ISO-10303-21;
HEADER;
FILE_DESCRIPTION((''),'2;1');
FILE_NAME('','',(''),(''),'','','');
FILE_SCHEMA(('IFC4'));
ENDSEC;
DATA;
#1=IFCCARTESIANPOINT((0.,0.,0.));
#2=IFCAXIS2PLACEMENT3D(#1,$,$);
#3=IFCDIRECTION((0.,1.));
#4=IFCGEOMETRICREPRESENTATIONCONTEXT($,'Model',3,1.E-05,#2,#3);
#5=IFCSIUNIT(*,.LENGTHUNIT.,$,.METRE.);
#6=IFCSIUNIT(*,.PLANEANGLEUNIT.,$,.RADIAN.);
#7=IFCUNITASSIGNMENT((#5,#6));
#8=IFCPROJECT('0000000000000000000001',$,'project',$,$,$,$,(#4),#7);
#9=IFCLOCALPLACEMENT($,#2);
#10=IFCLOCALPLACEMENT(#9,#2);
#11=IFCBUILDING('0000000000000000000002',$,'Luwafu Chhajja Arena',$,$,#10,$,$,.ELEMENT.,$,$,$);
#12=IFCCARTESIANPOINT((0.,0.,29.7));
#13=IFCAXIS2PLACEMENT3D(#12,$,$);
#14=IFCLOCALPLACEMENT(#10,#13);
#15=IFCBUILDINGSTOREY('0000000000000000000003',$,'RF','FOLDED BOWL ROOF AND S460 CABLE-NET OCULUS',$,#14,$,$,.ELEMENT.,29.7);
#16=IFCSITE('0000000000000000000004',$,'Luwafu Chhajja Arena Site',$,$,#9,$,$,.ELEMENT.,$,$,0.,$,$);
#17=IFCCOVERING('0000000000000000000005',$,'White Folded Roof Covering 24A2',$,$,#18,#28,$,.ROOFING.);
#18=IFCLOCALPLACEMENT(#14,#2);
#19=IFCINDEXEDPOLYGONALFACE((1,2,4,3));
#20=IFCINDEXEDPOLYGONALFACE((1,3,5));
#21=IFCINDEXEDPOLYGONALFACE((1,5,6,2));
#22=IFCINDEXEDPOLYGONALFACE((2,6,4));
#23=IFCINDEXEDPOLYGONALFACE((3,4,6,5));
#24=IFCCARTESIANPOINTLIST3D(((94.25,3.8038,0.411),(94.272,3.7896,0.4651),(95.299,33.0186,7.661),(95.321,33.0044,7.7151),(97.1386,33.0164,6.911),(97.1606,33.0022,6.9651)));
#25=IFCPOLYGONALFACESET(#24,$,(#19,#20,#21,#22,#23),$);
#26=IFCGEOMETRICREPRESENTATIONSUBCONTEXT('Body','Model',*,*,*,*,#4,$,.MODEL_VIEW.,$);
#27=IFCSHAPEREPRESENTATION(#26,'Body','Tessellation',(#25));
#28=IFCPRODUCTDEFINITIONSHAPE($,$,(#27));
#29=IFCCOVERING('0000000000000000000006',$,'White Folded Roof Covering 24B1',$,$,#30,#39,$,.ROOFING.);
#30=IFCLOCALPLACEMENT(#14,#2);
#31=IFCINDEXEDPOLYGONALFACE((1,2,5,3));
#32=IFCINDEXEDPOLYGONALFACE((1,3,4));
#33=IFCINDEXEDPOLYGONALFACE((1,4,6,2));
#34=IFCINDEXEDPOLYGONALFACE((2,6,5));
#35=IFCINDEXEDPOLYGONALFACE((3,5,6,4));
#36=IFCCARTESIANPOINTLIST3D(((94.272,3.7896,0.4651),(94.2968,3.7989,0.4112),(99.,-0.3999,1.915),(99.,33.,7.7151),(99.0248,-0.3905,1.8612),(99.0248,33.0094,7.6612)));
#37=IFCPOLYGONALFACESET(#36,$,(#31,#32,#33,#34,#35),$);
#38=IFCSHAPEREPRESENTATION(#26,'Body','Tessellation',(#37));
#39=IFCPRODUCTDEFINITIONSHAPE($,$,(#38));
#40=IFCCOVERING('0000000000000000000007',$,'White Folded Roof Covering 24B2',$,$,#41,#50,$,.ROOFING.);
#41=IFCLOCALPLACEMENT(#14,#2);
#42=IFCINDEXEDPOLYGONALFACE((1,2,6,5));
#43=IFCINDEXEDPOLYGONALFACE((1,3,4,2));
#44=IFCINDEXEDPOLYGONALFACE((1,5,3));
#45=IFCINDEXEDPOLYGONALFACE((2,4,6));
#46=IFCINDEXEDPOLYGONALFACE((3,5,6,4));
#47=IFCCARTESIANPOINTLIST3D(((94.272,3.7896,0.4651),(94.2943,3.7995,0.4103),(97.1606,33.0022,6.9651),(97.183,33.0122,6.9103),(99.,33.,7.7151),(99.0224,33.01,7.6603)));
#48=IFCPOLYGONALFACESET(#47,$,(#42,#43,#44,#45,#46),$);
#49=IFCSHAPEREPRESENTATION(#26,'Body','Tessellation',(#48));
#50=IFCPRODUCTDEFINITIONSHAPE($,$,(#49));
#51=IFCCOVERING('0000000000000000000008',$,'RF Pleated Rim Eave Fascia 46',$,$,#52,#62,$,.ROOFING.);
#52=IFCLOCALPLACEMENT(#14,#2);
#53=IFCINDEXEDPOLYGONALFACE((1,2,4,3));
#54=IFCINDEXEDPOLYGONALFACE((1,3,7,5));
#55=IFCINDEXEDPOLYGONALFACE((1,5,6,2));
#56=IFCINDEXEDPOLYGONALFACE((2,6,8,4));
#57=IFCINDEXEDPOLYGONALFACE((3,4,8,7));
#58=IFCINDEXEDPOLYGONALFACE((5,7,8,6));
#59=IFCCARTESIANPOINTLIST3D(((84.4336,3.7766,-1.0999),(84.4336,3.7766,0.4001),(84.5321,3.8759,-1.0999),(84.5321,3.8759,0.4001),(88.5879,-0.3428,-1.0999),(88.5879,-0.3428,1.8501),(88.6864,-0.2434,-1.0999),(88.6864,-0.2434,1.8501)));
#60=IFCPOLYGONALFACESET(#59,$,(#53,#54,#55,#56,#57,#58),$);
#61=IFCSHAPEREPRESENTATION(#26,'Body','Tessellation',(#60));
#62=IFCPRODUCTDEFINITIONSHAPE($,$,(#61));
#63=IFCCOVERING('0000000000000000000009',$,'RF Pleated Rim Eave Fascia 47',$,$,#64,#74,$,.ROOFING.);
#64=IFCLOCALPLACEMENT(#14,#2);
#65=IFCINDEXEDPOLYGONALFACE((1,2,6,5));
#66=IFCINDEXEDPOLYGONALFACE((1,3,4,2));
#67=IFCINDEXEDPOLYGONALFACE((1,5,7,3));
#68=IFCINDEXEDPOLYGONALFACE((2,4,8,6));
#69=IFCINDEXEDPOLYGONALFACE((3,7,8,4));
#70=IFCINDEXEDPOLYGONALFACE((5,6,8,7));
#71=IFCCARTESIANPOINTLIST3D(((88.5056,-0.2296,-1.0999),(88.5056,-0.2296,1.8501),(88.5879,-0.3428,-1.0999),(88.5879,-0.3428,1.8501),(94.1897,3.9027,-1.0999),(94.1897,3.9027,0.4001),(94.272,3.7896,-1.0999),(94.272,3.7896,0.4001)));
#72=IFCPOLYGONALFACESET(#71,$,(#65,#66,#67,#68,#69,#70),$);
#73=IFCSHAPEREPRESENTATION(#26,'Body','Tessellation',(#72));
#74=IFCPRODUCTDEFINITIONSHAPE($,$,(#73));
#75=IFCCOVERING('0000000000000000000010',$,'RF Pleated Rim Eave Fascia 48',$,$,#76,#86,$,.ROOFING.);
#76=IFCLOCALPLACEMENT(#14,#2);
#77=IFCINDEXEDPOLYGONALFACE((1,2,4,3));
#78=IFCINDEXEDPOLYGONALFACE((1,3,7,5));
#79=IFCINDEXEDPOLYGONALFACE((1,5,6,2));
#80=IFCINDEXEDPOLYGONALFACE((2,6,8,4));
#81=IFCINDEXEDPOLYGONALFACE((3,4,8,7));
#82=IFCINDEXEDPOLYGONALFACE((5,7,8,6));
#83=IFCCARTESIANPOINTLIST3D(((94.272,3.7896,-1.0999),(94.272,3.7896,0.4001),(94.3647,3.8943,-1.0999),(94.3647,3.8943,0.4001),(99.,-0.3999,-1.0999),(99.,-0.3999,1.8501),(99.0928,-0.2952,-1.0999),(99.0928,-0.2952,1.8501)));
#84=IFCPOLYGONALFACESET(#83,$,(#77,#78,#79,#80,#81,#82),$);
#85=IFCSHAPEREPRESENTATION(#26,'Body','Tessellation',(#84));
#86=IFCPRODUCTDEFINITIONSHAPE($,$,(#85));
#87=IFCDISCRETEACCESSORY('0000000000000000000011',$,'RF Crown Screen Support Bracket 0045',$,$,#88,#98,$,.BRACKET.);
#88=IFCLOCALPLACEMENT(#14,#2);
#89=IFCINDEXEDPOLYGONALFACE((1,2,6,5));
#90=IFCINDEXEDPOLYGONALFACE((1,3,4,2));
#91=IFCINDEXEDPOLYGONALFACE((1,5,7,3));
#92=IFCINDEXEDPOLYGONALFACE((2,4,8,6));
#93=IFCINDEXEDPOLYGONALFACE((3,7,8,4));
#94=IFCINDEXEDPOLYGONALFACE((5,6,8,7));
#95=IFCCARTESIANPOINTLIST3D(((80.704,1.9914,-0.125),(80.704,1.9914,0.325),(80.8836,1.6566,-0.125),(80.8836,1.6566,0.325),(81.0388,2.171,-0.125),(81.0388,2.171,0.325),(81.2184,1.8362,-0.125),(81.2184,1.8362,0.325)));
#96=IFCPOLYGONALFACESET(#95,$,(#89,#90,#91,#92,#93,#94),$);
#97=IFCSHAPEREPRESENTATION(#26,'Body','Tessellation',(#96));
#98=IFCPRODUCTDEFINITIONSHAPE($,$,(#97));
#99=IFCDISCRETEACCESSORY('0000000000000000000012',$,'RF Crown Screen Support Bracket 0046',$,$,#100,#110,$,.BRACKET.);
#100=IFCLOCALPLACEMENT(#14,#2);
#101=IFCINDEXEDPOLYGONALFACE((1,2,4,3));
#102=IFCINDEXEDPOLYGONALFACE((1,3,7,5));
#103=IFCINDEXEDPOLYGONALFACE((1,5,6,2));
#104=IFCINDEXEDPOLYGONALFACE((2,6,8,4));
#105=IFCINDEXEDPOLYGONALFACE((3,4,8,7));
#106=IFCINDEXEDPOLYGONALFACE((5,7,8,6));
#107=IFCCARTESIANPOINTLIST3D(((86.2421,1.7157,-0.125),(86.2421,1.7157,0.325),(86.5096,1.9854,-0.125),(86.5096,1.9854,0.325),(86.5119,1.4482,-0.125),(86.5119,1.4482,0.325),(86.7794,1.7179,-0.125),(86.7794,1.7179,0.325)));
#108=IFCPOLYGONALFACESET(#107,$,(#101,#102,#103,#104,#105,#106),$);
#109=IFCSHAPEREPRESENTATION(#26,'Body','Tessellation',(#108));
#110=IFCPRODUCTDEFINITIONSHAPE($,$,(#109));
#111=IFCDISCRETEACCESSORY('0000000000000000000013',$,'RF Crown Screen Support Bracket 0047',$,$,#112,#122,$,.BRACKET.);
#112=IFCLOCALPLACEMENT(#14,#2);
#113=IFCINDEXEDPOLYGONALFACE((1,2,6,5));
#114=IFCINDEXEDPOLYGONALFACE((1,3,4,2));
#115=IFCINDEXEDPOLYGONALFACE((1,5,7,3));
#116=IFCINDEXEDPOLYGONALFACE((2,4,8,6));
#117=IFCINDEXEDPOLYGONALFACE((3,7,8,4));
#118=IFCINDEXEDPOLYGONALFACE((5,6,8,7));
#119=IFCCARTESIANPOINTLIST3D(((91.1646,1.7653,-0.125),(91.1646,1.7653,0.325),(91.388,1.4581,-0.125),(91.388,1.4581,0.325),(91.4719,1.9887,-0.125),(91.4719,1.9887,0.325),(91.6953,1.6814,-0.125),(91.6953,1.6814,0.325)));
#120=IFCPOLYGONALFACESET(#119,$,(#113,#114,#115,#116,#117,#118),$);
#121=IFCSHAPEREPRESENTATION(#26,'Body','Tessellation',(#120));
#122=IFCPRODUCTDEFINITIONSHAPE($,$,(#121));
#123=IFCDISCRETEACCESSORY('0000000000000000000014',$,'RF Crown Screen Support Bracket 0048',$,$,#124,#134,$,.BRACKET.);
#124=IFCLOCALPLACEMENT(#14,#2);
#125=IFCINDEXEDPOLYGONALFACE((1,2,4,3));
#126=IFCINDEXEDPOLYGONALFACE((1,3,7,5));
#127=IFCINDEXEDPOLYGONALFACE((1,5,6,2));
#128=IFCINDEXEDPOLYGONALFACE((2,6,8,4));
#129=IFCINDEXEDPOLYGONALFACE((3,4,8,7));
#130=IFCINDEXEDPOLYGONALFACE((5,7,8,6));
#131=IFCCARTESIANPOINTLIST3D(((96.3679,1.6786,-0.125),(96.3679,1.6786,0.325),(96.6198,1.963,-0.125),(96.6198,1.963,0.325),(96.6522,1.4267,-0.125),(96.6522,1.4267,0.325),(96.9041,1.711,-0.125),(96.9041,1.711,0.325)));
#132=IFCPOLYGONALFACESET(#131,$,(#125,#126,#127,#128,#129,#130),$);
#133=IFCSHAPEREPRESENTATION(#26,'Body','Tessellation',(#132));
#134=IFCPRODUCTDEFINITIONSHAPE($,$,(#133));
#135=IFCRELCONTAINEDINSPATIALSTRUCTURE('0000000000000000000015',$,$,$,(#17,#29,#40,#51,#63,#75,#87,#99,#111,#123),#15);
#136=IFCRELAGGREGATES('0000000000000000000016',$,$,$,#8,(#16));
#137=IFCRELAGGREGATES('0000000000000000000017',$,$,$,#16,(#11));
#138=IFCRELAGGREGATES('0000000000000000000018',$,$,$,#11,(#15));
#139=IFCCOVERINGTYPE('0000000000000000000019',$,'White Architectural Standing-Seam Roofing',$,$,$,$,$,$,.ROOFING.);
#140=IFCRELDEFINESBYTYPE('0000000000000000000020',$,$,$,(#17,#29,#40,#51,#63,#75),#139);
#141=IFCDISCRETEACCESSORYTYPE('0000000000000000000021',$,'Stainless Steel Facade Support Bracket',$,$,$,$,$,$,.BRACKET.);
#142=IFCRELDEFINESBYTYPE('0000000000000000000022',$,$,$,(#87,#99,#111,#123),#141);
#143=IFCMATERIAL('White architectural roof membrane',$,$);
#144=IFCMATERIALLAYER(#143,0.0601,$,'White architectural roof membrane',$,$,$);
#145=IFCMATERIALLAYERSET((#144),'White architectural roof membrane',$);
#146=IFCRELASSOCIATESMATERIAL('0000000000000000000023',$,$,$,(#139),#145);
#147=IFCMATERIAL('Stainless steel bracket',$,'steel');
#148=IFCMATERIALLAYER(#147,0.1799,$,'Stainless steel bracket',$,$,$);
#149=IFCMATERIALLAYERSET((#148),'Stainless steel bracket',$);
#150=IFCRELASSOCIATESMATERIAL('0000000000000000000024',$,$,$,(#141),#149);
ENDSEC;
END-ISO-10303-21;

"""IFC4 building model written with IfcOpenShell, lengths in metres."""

from ifc_helpers import new_model, si_unit, direction, frame, origin, origin_2d, place, context, subcontext, project, spatial, polyline, rectangle, outline, extrude, material, layer, layer_set, type_object, element, save


model = new_model("IFC4")

# Units and contexts
model_context = context("Model", 3, precision=1e-05, world=origin(), true_north=direction((0.0, 1.0)))
body_context = subcontext(model_context, "Body", "Model", "MODEL_VIEW")
ifc_project = project(units=[si_unit("LENGTHUNIT", "METRE"), si_unit("PLANEANGLEUNIT", "RADIAN")], contexts=[model_context])

# Site, building, storey
site_placement = place(None, origin())
site = spatial("IfcSite", under=ifc_project, at=site_placement, Name="Luwafu Chhajja Arena Site", CompositionType="ELEMENT", RefElevation=0.0)
building_placement = place(site_placement, origin())
building = spatial("IfcBuilding", under=site, at=building_placement, Name="Luwafu Chhajja Arena", CompositionType="ELEMENT")
storey_placement = place(building_placement, frame((0.0, 0.0, 29.7)))
storey = spatial("IfcBuildingStorey", under=building, at=storey_placement, Name="RF", Description="FOLDED BOWL ROOF AND S460 CABLE-NET OCULUS", CompositionType="ELEMENT", Elevation=29.7)

# Coverings
ifc_material_1 = material(Name="White architectural roof membrane")
ifc_layer_1 = layer(ifc_material_1, 0.0601, Name="White architectural roof membrane")
ifc_layer_set_1 = layer_set([ifc_layer_1], Name="White architectural roof membrane")
covering_type = type_object("IfcCoveringType", Name="White Architectural Standing-Seam Roofing", PredefinedType="ROOFING", material=ifc_layer_set_1)
covering_1_placement = place(storey_placement, frame((94.272, 3.7896, 0.4651), z_axis=(0.366578, -0.236468, 0.899835), x_axis=(0.096077, 0.971613, 0.21619)))
element("IfcCovering", 1, at=covering_1_placement, inside=storey, type_object=covering_type, Name="White Folded Roof Covering 24A2", PredefinedType="ROOFING", context=body_context, shape_type="SweptSolid", body=[
    extrude(outline(polyline([(0.0, 0.0), (30.0661, 0.0), (30.0537, 1.9866), (0.0, 0.0)])), origin(), (0.0, 0.0, -1.0), 0.0601),
])
covering_2_placement = place(storey_placement, frame((94.272, 3.7896, 0.4651), z_axis=(-0.413206, -0.155805, 0.89721), x_axis=(0.72948, -0.646384, 0.223711)))
element("IfcCovering", 2, at=covering_2_placement, inside=storey, type_object=covering_type, Name="White Folded Roof Covering 24B1", PredefinedType="ROOFING", context=body_context, shape_type="SweptSolid", body=[
    extrude(outline(polyline([(0.0, 0.0), (6.4814, 0.0), (-13.8103, 27.1559), (0.0, 0.0)])), origin(), (0.0, 0.0, -1.0), 0.0601),
])
covering_3_placement = place(storey_placement, frame((94.272, 3.7896, 0.4651), z_axis=(-0.372482, -0.166319, 0.913014), x_axis=(0.155191, 0.958794, 0.237971)))
element("IfcCovering", 3, at=covering_3_placement, inside=storey, type_object=covering_type, Name="White Folded Roof Covering 24B2", PredefinedType="ROOFING", context=body_context, shape_type="SweptSolid", body=[
    extrude(outline(polyline([(0.0, 0.0), (30.4658, 0.0), (30.004, 1.932), (0.0, 0.0)])), origin(), (0.0, 0.0, -1.0), 0.0601),
])
covering_4_placement = place(storey_placement, frame((84.4336, 3.7766, -1.0999), z_axis=(-0.704117, -0.710084, 0.0), x_axis=(0.710084, -0.704117, 0.0)))
element("IfcCovering", 4, at=covering_4_placement, inside=storey, type_object=covering_type, Name="RF Pleated Rim Eave Fascia 46", PredefinedType="ROOFING", context=body_context, shape_type="SweptSolid", body=[
    extrude(outline(polyline([(0.0, 0.0), (5.8504, 0.0), (5.8504, 2.95), (0.0, 1.5), (0.0, 0.0)])), origin(), (0.0, 0.0, -1.0), 0.1399),
])
covering_5_placement = place(storey_placement, frame((88.5879, -0.3428, -1.0999), z_axis=(0.588027, -0.808841, 0.0), x_axis=(0.808841, 0.588027, 0.0)))
element("IfcCovering", 5, at=covering_5_placement, inside=storey, type_object=covering_type, Name="RF Pleated Rim Eave Fascia 47", PredefinedType="ROOFING", context=body_context, shape_type="SweptSolid", body=[
    extrude(outline(polyline([(0.0, 0.0), (7.0274, 0.0), (7.0274, 1.5), (0.0, 2.95), (0.0, 0.0)])), origin(), (0.0, 0.0, -1.0), 0.1399),
])
covering_6_placement = place(storey_placement, frame((94.272, 3.7896, -1.0999), z_axis=(-0.663192, -0.748449, 0.0), x_axis=(0.748449, -0.663192, 0.0)))
element("IfcCovering", 6, at=covering_6_placement, inside=storey, type_object=covering_type, Name="RF Pleated Rim Eave Fascia 48", PredefinedType="ROOFING", context=body_context, shape_type="SweptSolid", body=[
    extrude(outline(polyline([(0.0, 0.0), (6.3171, 0.0), (6.3171, 2.95), (0.0, 1.5), (0.0, 0.0)])), origin(), (0.0, 0.0, -1.0), 0.1399),
])

# Discrete accessories
ifc_material_2 = material(Name="Stainless steel bracket", Category="steel")
ifc_layer_2 = layer(ifc_material_2, 0.1799, Name="Stainless steel bracket")
ifc_layer_set_2 = layer_set([ifc_layer_2], Name="Stainless steel bracket")
discrete_accessory_type = type_object("IfcDiscreteAccessoryType", Name="Stainless Steel Facade Support Bracket", PredefinedType="BRACKET", material=ifc_layer_set_2)
for number, where, z_axis, x_axis, name in (
    (7, (80.9612, 1.9138, -0.125), (0.0, 0.0, 1.0), (0.881201, 0.472742, 0.0), "RF Crown Screen Support Bracket 0045"),
    (8, (86.5107, 1.7168, -0.125), (0.0, 0.0, 1.0), (0.710109, -0.704092, 0.0), "RF Crown Screen Support Bracket 0046"),
    (9, (91.4299, 1.7234, -0.125), (0.0, 0.0, 1.0), (0.808839, 0.58803, 0.0), "RF Crown Screen Support Bracket 0047"),
    (10, (96.636, 1.6948, -0.125), (0.0, 0.0, 1.0), (0.748442, -0.6632, 0.0), "RF Crown Screen Support Bracket 0048"),
):
    element("IfcDiscreteAccessory", number, at=place(storey_placement, frame(where, z_axis=z_axis, x_axis=x_axis)), inside=storey, type_object=discrete_accessory_type, Name=name, PredefinedType="BRACKET", context=body_context, shape_type="SweptSolid", body=[
        extrude(rectangle(XDim=0.3799, YDim=0.3799, at=origin_2d()), origin(), (0.0, 0.0, 1.0), 0.45),
    ])

save(model, "model.ifc")
